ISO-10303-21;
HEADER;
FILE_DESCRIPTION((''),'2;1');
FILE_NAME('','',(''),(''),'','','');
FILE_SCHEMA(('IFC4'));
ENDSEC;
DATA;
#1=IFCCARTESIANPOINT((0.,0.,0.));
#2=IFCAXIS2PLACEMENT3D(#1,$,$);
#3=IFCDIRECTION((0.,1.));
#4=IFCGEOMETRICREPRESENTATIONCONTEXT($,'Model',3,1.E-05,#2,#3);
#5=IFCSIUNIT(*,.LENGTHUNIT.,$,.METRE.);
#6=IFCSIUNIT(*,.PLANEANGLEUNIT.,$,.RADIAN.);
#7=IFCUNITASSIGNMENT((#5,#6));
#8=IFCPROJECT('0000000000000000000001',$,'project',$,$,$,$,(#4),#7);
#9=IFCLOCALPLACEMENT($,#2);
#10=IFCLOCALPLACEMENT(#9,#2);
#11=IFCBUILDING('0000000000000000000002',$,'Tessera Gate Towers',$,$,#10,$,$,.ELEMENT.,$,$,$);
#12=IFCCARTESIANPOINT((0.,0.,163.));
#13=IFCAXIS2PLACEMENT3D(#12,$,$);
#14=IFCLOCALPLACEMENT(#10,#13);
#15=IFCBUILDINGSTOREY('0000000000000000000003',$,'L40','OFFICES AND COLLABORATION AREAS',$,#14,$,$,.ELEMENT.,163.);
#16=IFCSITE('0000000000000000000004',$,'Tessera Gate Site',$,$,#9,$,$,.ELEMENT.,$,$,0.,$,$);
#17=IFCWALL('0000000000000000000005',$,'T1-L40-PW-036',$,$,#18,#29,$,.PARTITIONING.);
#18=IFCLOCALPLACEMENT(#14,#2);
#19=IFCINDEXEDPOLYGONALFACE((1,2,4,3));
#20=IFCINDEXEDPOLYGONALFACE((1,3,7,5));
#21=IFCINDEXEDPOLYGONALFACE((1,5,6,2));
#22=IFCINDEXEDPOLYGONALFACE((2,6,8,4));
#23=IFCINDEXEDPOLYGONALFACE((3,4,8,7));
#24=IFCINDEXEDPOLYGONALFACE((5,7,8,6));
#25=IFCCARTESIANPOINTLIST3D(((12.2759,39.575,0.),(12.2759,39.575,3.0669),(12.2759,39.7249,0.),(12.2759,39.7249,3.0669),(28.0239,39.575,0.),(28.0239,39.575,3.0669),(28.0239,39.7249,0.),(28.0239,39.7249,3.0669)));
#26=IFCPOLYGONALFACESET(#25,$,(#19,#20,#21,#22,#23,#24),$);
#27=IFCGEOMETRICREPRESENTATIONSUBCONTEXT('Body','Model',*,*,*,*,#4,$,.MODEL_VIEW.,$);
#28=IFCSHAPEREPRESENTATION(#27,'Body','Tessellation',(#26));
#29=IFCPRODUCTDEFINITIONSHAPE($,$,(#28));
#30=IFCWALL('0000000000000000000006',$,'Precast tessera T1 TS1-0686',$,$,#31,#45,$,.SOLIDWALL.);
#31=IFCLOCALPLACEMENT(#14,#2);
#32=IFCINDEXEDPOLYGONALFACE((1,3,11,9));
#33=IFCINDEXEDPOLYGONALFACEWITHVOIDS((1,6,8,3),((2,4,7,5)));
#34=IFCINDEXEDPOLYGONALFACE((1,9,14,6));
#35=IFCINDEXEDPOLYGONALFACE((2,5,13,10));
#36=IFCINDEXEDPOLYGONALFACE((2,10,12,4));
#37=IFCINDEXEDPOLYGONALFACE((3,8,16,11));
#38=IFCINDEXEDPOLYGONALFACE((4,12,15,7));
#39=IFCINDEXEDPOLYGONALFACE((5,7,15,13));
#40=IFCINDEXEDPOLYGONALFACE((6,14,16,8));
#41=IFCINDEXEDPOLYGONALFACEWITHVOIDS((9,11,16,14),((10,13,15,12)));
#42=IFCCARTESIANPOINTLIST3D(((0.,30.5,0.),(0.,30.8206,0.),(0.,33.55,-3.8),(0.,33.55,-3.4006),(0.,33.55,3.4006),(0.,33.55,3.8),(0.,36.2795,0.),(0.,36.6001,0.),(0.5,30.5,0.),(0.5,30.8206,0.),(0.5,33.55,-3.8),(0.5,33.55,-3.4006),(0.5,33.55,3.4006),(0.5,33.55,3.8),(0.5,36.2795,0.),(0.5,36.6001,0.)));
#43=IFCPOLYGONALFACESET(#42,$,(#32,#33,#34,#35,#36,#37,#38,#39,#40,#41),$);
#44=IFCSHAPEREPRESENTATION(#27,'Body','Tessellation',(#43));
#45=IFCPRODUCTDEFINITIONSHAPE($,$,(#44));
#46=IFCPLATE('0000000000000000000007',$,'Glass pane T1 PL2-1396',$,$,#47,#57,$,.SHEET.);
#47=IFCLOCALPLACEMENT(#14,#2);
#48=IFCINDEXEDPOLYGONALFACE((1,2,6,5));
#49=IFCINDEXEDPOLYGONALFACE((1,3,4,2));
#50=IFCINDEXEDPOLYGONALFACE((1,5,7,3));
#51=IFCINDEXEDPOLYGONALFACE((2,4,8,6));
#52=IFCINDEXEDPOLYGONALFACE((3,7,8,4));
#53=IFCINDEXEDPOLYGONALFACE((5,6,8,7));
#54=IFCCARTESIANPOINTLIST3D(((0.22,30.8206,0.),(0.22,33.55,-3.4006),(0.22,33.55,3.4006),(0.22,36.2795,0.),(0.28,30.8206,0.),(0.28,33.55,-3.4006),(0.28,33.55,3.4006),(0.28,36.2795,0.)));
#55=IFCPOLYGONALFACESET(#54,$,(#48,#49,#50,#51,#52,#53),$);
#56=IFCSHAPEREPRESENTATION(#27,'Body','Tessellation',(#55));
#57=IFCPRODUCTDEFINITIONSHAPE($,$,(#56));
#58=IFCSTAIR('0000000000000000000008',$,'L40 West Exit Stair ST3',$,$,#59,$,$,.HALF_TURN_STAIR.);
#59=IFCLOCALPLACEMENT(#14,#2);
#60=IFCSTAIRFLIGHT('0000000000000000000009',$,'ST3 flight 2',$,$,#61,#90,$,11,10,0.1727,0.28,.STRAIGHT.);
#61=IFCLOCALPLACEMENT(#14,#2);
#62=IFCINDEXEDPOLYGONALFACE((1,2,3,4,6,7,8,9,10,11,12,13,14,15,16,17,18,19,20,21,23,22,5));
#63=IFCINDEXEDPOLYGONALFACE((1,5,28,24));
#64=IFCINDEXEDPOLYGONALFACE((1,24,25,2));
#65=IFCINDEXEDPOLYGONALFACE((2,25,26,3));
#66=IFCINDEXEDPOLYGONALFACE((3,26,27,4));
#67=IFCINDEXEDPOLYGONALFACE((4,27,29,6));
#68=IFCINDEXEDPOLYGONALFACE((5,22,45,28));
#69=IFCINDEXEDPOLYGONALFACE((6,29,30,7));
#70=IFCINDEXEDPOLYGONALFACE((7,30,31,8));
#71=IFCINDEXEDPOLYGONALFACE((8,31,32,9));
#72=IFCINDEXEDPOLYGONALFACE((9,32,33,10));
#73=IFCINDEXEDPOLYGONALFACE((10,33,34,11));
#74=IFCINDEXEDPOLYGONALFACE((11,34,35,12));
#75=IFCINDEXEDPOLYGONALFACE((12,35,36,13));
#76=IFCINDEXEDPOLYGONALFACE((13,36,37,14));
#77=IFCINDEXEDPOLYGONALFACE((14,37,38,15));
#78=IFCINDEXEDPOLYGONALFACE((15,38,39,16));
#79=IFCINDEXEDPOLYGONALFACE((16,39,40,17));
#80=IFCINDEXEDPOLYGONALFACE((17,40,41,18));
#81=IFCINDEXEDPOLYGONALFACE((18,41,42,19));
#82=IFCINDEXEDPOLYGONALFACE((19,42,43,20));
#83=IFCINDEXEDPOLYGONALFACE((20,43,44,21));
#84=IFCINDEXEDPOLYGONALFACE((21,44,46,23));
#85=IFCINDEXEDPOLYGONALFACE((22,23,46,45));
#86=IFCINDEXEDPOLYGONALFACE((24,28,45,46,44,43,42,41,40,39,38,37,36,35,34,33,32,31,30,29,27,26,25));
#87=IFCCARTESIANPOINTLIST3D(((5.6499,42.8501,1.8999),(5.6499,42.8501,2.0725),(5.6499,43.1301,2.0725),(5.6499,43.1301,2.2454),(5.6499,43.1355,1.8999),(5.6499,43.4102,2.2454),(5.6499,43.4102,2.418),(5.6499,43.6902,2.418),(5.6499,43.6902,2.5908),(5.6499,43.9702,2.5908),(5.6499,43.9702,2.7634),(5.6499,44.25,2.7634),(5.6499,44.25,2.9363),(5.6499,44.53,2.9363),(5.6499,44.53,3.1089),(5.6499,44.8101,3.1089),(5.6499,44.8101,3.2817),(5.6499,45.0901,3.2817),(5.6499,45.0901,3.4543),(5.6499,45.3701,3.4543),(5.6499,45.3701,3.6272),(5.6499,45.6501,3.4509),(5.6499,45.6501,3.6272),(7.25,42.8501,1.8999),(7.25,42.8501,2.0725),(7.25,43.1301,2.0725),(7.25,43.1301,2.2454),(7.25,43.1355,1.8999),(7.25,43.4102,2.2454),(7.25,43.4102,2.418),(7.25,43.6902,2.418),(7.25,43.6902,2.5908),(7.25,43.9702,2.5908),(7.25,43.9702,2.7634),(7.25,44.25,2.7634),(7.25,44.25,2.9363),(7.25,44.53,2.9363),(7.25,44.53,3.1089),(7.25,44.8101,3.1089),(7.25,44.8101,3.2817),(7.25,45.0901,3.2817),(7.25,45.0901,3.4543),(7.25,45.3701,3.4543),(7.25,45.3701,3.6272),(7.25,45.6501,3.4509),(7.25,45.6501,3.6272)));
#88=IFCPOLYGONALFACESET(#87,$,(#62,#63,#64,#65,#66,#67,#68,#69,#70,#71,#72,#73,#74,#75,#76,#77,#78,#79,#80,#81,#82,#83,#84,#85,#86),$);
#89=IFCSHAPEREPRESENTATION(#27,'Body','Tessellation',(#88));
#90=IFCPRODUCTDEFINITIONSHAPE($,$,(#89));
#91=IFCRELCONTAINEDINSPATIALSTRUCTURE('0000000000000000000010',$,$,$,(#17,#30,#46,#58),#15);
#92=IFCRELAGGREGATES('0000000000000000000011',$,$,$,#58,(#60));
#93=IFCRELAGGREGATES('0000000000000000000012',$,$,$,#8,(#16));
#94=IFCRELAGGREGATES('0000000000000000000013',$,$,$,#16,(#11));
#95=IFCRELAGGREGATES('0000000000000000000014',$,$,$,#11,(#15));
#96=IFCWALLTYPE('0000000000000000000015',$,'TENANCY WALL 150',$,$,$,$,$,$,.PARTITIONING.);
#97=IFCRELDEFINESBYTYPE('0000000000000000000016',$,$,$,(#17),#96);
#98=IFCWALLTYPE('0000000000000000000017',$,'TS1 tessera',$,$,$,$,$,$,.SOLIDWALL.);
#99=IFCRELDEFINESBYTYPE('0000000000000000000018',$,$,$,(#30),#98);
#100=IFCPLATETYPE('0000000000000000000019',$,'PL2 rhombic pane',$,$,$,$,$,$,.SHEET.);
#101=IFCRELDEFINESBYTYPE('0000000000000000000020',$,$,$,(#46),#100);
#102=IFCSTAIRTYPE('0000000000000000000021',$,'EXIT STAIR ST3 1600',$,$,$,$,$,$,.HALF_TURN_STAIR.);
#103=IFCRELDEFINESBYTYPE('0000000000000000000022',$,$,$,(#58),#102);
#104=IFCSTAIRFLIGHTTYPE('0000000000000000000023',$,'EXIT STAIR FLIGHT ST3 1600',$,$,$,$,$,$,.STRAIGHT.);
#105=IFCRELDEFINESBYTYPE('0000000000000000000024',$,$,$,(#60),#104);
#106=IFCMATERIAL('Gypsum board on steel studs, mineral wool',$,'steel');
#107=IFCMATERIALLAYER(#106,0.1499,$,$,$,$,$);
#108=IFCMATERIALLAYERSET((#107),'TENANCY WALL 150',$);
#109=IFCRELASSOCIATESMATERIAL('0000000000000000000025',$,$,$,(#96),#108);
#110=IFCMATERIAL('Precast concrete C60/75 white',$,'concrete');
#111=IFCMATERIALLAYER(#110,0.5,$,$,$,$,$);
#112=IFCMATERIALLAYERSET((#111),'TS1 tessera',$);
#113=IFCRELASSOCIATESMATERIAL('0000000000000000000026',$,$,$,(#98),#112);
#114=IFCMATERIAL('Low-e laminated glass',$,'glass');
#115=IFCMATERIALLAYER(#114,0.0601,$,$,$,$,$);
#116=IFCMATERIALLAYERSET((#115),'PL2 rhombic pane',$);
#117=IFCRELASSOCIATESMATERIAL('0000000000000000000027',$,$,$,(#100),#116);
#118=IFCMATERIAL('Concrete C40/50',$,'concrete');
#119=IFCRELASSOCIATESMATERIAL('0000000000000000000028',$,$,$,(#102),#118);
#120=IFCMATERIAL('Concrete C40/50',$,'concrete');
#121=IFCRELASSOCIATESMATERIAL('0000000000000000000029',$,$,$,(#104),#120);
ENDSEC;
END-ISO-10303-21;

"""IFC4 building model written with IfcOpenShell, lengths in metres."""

from ifc_helpers import new_model, si_unit, direction, frame, frame_2d, origin, place, context, subcontext, project, spatial, polyline, rectangle, outline, extrude, source, transform, mapped, material, layer, layer_set, type_object, element, fill, aggregate, save


model = new_model("IFC4")

# Units and contexts
model_context = context("Model", 3, precision=1e-05, world=origin(), true_north=direction((0.0, 1.0)))
body_context = subcontext(model_context, "Body", "Model", "MODEL_VIEW")
ifc_project = project(units=[si_unit("LENGTHUNIT", "METRE"), si_unit("PLANEANGLEUNIT", "RADIAN")], contexts=[model_context])

# Site, building, storey
site_placement = place(None, origin())
site = spatial("IfcSite", under=ifc_project, at=site_placement, Name="Tessera Gate Site", CompositionType="ELEMENT", RefElevation=0.0)
building_placement = place(site_placement, origin())
building = spatial("IfcBuilding", under=site, at=building_placement, Name="Tessera Gate Towers", CompositionType="ELEMENT")
storey_placement = place(building_placement, frame((0.0, 0.0, 163.0)))
storey = spatial("IfcBuildingStorey", under=building, at=storey_placement, Name="L40", Description="OFFICES AND COLLABORATION AREAS", CompositionType="ELEMENT", Elevation=163.0)

# Wall
ifc_material_1 = material(Name="Gypsum board on steel studs, mineral wool", Category="steel")
ifc_layer_1 = layer(ifc_material_1, 0.1499)
ifc_layer_set_1 = layer_set([ifc_layer_1], Name="TENANCY WALL 150")
wall_type_1 = type_object("IfcWallType", Name="TENANCY WALL 150", PredefinedType="PARTITIONING", material=ifc_layer_set_1)
wall_1_placement = place(storey_placement, frame((12.2759, 39.6499, 0.0), z_axis=(0.0, 0.0, 1.0), x_axis=(1.0, 0.0, 0.0)))
element("IfcWall", 1, at=wall_1_placement, inside=storey, type_object=wall_type_1, Name="T1-L40-PW-036", PredefinedType="PARTITIONING", context=body_context, shape_type="SweptSolid", body=[
    extrude(rectangle(XDim=15.748, YDim=0.1499, at=frame_2d((7.874, 0.0))), origin(), (0.0, 0.0, 1.0), 3.0669),
])

# Wall, opening, plate
ifc_material_2 = material(Name="Precast concrete C60/75 white", Category="concrete")
ifc_layer_2 = layer(ifc_material_2, 0.5)
ifc_layer_set_2 = layer_set([ifc_layer_2], Name="TS1 tessera")
wall_type_2 = type_object("IfcWallType", Name="TS1 tessera", PredefinedType="SOLIDWALL", material=ifc_layer_set_2)
shared_shape_1 = source(origin(), body_context, "Body", "SweptSolid", [
    extrude(outline(polyline([(3.05, 0.0), (6.1001, 3.8), (3.05, 7.6001), (0.0, 3.8), (3.05, 0.0)])), frame((0.0, 0.25, 0.0), z_axis=(0.0, -1.0, 0.0), x_axis=(1.0, 0.0, 0.0)), (0.0, 0.0, 1.0), 0.5),
])
wall_2_placement = place(storey_placement, frame((0.25, 36.6001, -3.8), z_axis=(0.0, 0.0, 1.0), x_axis=(0.0, -1.0, 0.0)))
wall_2 = element("IfcWall", 2, at=wall_2_placement, inside=storey, type_object=wall_type_2, Name="Precast tessera T1 TS1-0686", PredefinedType="SOLIDWALL", context=body_context, shape_type="MappedRepresentation", body=[
    mapped(shared_shape_1, transform((0.0, 0.0, 0.0), scale=1.0)),
])
shared_shape_2 = source(origin(), body_context, "Body", "SweptSolid", [
    extrude(outline(polyline([(3.05, 0.3994), (5.7795, 3.8), (3.05, 7.2007), (0.3206, 3.8), (3.05, 0.3994)])), frame((0.0, 0.26, 0.0), z_axis=(0.0, -1.0, 0.0), x_axis=(1.0, 0.0, 0.0)), (0.0, 0.0, 1.0), 0.52),
])
opening_placement = place(wall_2_placement, origin())
opening = element("IfcOpeningElement", 3, at=opening_placement, cuts=wall_2, PredefinedType="OPENING", context=body_context, shape_type="MappedRepresentation", body=[
    mapped(shared_shape_2, transform((0.0, 0.0, 0.0), scale=1.0)),
])
ifc_material_3 = material(Name="Low-e laminated glass", Category="glass")
ifc_layer_3 = layer(ifc_material_3, 0.0601)
ifc_layer_set_3 = layer_set([ifc_layer_3], Name="PL2 rhombic pane")
plate_type = type_object("IfcPlateType", Name="PL2 rhombic pane", PredefinedType="SHEET", material=ifc_layer_set_3)
shared_shape_3 = source(origin(), body_context, "Body", "SweptSolid", [
    extrude(outline(polyline([(3.05, 0.3994), (5.7795, 3.8), (3.05, 7.2007), (0.3206, 3.8), (3.05, 0.3994)])), frame((0.0, 0.03, 0.0), z_axis=(0.0, -1.0, 0.0), x_axis=(1.0, 0.0, 0.0)), (0.0, 0.0, 1.0), 0.0601),
])
plate_placement = place(opening_placement, origin())
plate = element("IfcPlate", 4, at=plate_placement, inside=storey, type_object=plate_type, Name="Glass pane T1 PL2-1396", PredefinedType="SHEET", context=body_context, shape_type="MappedRepresentation", body=[
    mapped(shared_shape_3, transform((0.0, 0.0, 0.0), scale=1.0)),
])
fill(opening, plate)

# Stair, stair flight
ifc_material_4 = material(Name="Concrete C40/50", Category="concrete")
stair_type = type_object("IfcStairType", Name="EXIT STAIR ST3 1600", PredefinedType="HALF_TURN_STAIR", material=ifc_material_4)
stair_placement = place(storey_placement, origin())
stair = element("IfcStair", 5, at=stair_placement, inside=storey, type_object=stair_type, Name="L40 West Exit Stair ST3", PredefinedType="HALF_TURN_STAIR")
ifc_material_5 = material(Name="Concrete C40/50", Category="concrete")
stair_flight_type = type_object("IfcStairFlightType", Name="EXIT STAIR FLIGHT ST3 1600", PredefinedType="STRAIGHT", material=ifc_material_5)
stair_flight_placement = place(storey_placement, frame((6.45, 42.8501, 1.8999), z_axis=(0.0, 0.0, 1.0), x_axis=(0.0, 1.0, 0.0)))
stair_flight = element("IfcStairFlight", 6, at=stair_flight_placement, type_object=stair_flight_type, Name="ST3 flight 2", NumberOfRisers=11, NumberOfTreads=10, PredefinedType="STRAIGHT", RiserHeight=0.1727, TreadLength=0.28, context=body_context, shape_type="SweptSolid", body=[
    extrude(outline(polyline([(0.0, 0.0), (0.0, 0.1726), (0.28, 0.1726), (0.28, 0.3455), (0.5601, 0.3455), (0.5601, 0.5181), (0.8401, 0.5181), (0.8401, 0.6909), (1.1201, 0.6909), (1.1201, 0.8635), (1.3999, 0.8635), (1.3999, 1.0364), (1.6799, 1.0364), (1.6799, 1.209), (1.96, 1.209), (1.96, 1.3818), (2.24, 1.3818), (2.24, 1.5544), (2.52, 1.5544), (2.52, 1.7273), (2.8, 1.7273), (2.8, 1.8999), (2.8, 1.551), (0.2854, 0.0), (0.0, 0.0)])), frame((0.0, 0.8, 0.0), z_axis=(0.0, -1.0, 0.0), x_axis=(1.0, 0.0, 0.0)), (0.0, 0.0, 1.0), 1.6001),
])
aggregate(stair, [stair_flight])

save(model, "model.ifc")
